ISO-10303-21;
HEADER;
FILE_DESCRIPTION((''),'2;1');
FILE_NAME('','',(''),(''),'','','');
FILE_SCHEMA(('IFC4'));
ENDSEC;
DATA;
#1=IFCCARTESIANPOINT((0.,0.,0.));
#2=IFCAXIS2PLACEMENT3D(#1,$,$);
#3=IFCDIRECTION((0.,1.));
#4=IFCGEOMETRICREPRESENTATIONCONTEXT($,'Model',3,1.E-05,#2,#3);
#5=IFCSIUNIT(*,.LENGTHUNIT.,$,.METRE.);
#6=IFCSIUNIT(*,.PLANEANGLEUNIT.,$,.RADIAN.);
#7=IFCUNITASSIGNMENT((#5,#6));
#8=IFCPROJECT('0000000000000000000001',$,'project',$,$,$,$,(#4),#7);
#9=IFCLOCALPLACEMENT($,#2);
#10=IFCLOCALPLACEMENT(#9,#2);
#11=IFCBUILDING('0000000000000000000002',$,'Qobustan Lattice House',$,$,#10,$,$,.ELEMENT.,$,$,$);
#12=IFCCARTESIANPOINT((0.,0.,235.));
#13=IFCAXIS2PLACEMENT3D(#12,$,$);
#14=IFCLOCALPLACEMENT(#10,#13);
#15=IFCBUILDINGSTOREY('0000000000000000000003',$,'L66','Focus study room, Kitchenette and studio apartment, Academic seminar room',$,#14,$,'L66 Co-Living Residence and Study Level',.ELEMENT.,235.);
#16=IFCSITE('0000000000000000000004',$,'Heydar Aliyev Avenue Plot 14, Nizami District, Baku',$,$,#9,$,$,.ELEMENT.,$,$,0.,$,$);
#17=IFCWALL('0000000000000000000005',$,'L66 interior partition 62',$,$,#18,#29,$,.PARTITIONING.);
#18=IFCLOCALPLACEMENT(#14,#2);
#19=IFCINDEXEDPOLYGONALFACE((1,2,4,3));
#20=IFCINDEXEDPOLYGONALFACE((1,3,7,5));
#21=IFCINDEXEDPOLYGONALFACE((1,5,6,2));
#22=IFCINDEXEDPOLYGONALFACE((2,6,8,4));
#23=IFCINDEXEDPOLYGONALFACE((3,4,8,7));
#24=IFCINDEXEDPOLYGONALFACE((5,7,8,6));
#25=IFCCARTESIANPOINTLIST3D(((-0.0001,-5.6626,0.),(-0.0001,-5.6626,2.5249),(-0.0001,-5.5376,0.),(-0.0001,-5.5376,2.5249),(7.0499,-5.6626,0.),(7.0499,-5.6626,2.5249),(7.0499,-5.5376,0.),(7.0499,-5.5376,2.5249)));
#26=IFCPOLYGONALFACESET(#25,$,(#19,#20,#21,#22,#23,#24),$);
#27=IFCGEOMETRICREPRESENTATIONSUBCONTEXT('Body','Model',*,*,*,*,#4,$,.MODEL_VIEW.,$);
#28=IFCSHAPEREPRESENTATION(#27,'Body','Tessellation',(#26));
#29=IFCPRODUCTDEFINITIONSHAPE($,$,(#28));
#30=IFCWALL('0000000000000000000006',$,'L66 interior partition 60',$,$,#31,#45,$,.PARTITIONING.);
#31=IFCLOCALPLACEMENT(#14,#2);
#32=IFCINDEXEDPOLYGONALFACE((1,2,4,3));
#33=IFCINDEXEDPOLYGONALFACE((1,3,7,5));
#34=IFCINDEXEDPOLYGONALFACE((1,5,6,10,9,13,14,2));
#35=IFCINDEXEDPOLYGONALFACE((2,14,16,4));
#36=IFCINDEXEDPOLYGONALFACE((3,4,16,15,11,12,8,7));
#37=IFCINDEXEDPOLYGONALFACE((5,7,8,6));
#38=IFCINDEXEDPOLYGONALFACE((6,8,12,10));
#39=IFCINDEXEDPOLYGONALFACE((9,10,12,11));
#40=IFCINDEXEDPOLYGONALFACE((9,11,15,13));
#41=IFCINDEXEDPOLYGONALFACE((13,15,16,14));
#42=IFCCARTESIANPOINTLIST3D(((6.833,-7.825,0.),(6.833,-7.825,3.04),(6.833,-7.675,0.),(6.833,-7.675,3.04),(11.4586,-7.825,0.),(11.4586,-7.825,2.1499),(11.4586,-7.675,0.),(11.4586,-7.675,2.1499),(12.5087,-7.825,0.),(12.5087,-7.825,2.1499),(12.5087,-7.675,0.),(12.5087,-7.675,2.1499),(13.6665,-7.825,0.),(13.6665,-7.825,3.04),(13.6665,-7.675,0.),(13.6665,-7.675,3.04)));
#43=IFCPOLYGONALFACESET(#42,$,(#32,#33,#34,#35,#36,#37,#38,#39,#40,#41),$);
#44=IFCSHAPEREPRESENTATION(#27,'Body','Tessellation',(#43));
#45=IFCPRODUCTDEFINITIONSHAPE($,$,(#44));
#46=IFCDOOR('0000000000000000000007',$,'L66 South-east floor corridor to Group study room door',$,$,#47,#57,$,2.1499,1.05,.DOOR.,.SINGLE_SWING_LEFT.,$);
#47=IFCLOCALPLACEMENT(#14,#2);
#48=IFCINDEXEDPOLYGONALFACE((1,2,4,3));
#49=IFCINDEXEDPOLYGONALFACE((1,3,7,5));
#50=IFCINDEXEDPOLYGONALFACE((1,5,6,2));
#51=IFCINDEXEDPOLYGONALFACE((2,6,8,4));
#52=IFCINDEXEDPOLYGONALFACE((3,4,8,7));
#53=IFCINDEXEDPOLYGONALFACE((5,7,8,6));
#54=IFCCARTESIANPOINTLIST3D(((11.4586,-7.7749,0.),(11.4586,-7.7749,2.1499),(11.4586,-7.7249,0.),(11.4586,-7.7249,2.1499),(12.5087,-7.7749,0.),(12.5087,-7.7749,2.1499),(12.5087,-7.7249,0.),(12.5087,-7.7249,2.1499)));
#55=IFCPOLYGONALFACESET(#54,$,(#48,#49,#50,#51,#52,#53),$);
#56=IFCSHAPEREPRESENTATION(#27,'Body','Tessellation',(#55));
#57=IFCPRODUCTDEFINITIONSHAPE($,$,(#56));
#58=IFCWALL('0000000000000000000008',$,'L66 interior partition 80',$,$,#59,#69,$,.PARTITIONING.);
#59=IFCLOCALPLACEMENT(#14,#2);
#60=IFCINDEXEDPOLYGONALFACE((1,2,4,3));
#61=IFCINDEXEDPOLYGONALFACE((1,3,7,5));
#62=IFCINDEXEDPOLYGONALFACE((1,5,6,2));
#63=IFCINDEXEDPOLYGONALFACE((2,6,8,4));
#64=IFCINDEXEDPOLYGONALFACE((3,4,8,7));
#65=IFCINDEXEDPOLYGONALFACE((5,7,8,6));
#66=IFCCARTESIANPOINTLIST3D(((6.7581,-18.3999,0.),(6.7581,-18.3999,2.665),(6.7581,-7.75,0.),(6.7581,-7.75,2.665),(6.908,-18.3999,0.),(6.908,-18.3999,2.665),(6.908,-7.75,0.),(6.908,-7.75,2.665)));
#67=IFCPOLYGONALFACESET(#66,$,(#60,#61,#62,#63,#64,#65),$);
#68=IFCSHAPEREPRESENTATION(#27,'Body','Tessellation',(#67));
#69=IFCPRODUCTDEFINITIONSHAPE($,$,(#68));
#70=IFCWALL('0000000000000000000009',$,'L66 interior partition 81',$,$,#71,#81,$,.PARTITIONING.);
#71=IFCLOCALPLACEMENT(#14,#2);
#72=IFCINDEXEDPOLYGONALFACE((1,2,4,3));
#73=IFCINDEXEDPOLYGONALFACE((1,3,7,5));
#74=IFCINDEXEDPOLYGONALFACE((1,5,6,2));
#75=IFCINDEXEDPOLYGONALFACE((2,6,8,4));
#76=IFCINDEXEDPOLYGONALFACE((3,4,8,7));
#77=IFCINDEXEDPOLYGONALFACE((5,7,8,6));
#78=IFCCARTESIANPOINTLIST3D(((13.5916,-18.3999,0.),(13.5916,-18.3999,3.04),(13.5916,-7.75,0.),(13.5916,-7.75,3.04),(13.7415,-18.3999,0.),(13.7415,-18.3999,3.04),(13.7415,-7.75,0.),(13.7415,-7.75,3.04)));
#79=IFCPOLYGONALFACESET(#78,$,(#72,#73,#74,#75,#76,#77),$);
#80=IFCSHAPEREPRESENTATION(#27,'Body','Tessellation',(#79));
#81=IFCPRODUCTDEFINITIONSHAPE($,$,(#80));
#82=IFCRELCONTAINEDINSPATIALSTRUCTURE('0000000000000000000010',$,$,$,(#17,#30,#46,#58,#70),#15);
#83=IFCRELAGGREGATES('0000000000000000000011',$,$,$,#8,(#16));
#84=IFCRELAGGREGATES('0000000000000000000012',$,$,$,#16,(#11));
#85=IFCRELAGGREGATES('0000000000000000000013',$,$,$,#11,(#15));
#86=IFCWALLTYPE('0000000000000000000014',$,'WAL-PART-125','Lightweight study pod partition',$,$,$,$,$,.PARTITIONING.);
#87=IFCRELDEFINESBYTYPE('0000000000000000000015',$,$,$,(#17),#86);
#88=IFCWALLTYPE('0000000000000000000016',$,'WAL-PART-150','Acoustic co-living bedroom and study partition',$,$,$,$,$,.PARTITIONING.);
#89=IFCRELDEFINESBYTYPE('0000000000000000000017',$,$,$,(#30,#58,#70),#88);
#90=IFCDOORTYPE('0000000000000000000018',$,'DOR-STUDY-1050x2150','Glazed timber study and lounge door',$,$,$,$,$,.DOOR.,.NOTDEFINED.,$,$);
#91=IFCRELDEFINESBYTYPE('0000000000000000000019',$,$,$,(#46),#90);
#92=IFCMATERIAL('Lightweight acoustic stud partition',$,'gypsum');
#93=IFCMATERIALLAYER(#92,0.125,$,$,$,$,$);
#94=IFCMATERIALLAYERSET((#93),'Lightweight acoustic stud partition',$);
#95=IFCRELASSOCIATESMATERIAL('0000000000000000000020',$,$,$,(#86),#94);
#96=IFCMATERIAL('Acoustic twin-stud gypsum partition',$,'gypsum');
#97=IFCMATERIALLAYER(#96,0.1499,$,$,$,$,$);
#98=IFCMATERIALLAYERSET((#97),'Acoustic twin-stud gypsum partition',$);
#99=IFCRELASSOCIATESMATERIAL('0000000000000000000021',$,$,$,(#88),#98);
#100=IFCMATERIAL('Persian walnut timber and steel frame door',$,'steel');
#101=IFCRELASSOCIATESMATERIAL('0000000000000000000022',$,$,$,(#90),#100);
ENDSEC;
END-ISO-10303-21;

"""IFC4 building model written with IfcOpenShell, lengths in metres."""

from ifc_helpers import new_model, si_unit, direction, frame, frame_2d, origin, place, context, subcontext, project, spatial, rectangle, extrude, material, layer, layer_set, type_object, element, fill, save


model = new_model("IFC4")

# Units and contexts
model_context = context("Model", 3, precision=1e-05, world=origin(), true_north=direction((0.0, 1.0)))
body_context = subcontext(model_context, "Body", "Model", "MODEL_VIEW")
ifc_project = project(units=[si_unit("LENGTHUNIT", "METRE"), si_unit("PLANEANGLEUNIT", "RADIAN")], contexts=[model_context])

# Site, building, storey
site_placement = place(None, origin())
site = spatial("IfcSite", under=ifc_project, at=site_placement, Name="Heydar Aliyev Avenue Plot 14, Nizami District, Baku", CompositionType="ELEMENT", RefElevation=0.0)
building_placement = place(site_placement, origin())
building = spatial("IfcBuilding", under=site, at=building_placement, Name="Qobustan Lattice House", CompositionType="ELEMENT")
storey_placement = place(building_placement, frame((0.0, 0.0, 235.0)))
storey = spatial("IfcBuildingStorey", under=building, at=storey_placement, Name="L66", Description="Focus study room, Kitchenette and studio apartment, Academic seminar room", LongName="L66 Co-Living Residence and Study Level", CompositionType="ELEMENT", Elevation=235.0)

# Wall
ifc_material_1 = material(Name="Lightweight acoustic stud partition", Category="gypsum")
ifc_layer_1 = layer(ifc_material_1, 0.125)
ifc_layer_set_1 = layer_set([ifc_layer_1], Name="Lightweight acoustic stud partition")
wall_type_1 = type_object("IfcWallType", Name="WAL-PART-125", Description="Lightweight study pod partition", PredefinedType="PARTITIONING", material=ifc_layer_set_1)
wall_1_placement = place(storey_placement, frame((0.0, -5.6001, 0.0), z_axis=(0.0, 0.0, 1.0), x_axis=(1.0, 0.0, 0.0)))
element("IfcWall", 1, at=wall_1_placement, inside=storey, type_object=wall_type_1, Name="L66 interior partition 62", PredefinedType="PARTITIONING", context=body_context, shape_type="SweptSolid", body=[
    extrude(rectangle(XDim=7.05, YDim=0.125, at=frame_2d((3.5249, 0.0))), origin(), (0.0, 0.0, 1.0), 2.5249),
])

# Wall, opening, door
ifc_material_2 = material(Name="Acoustic twin-stud gypsum partition", Category="gypsum")
ifc_layer_2 = layer(ifc_material_2, 0.1499)
ifc_layer_set_2 = layer_set([ifc_layer_2], Name="Acoustic twin-stud gypsum partition")
wall_type_2 = type_object("IfcWallType", Name="WAL-PART-150", Description="Acoustic co-living bedroom and study partition", PredefinedType="PARTITIONING", material=ifc_layer_set_2)
wall_2_placement = place(storey_placement, frame((13.6665, -7.75, 0.0), z_axis=(0.0, 0.0, 1.0), x_axis=(-1.0, 0.0, 0.0)))
wall_2 = element("IfcWall", 2, at=wall_2_placement, inside=storey, type_object=wall_type_2, Name="L66 interior partition 60", PredefinedType="PARTITIONING", context=body_context, shape_type="SweptSolid", body=[
    extrude(rectangle(XDim=6.8335, YDim=0.1499, at=frame_2d((3.4167, 0.0))), origin(), (0.0, 0.0, 1.0), 3.04),
])
opening_1_placement = place(wall_2_placement, frame((1.158, 0.0, 0.0)))
opening_1 = element("IfcOpeningElement", 3, at=opening_1_placement, cuts=wall_2, PredefinedType="OPENING", context=body_context, shape_type="SweptSolid", body=[
    extrude(rectangle(XDim=1.05, YDim=2.1499, at=frame_2d((0.5249, 1.075))), frame((0.0, 0.085, 0.0), z_axis=(0.0, -1.0, 0.0), x_axis=(1.0, 0.0, 0.0)), (0.0, 0.0, 1.0), 0.1699),
])
ifc_material_3 = material(Name="Persian walnut timber and steel frame door", Category="steel")
door_type_1 = type_object("IfcDoorType", Name="DOR-STUDY-1050x2150", Description="Glazed timber study and lounge door", OperationType="NOTDEFINED", PredefinedType="DOOR", material=ifc_material_3)
door_1_placement = place(opening_1_placement, origin())
door_1 = element("IfcDoor", 4, at=door_1_placement, inside=storey, type_object=door_type_1, Name="L66 South-east floor corridor to Group study room door", OperationType="SINGLE_SWING_LEFT", OverallHeight=2.1499, OverallWidth=1.05, PredefinedType="DOOR", context=body_context, shape_type="SweptSolid", body=[
    extrude(rectangle(XDim=1.05, YDim=2.1499, at=frame_2d((0.5249, 1.075))), frame((0.0, 0.0249, 0.0), z_axis=(0.0, -1.0, 0.0), x_axis=(1.0, 0.0, 0.0)), (0.0, 0.0, 1.0), 0.05),
])
fill(opening_1, door_1)

# Walls
wall_3_placement = place(storey_placement, frame((6.833, -7.75, 0.0), z_axis=(0.0, 0.0, 1.0), x_axis=(0.0, -1.0, 0.0)))
element("IfcWall", 5, at=wall_3_placement, inside=storey, type_object=wall_type_2, Name="L66 interior partition 80", PredefinedType="PARTITIONING", context=body_context, shape_type="SweptSolid", body=[
    extrude(rectangle(XDim=10.6499, YDim=0.1499, at=frame_2d((5.325, 0.0))), origin(), (0.0, 0.0, 1.0), 2.665),
])
wall_4_placement = place(storey_placement, frame((13.6665, -7.75, 0.0), z_axis=(0.0, 0.0, 1.0), x_axis=(0.0, -1.0, 0.0)))
element("IfcWall", 6, at=wall_4_placement, inside=storey, type_object=wall_type_2, Name="L66 interior partition 81", PredefinedType="PARTITIONING", context=body_context, shape_type="SweptSolid", body=[
    extrude(rectangle(XDim=10.6499, YDim=0.1499, at=frame_2d((5.325, 0.0))), origin(), (0.0, 0.0, 1.0), 3.04),
])

save(model, "model.ifc")
